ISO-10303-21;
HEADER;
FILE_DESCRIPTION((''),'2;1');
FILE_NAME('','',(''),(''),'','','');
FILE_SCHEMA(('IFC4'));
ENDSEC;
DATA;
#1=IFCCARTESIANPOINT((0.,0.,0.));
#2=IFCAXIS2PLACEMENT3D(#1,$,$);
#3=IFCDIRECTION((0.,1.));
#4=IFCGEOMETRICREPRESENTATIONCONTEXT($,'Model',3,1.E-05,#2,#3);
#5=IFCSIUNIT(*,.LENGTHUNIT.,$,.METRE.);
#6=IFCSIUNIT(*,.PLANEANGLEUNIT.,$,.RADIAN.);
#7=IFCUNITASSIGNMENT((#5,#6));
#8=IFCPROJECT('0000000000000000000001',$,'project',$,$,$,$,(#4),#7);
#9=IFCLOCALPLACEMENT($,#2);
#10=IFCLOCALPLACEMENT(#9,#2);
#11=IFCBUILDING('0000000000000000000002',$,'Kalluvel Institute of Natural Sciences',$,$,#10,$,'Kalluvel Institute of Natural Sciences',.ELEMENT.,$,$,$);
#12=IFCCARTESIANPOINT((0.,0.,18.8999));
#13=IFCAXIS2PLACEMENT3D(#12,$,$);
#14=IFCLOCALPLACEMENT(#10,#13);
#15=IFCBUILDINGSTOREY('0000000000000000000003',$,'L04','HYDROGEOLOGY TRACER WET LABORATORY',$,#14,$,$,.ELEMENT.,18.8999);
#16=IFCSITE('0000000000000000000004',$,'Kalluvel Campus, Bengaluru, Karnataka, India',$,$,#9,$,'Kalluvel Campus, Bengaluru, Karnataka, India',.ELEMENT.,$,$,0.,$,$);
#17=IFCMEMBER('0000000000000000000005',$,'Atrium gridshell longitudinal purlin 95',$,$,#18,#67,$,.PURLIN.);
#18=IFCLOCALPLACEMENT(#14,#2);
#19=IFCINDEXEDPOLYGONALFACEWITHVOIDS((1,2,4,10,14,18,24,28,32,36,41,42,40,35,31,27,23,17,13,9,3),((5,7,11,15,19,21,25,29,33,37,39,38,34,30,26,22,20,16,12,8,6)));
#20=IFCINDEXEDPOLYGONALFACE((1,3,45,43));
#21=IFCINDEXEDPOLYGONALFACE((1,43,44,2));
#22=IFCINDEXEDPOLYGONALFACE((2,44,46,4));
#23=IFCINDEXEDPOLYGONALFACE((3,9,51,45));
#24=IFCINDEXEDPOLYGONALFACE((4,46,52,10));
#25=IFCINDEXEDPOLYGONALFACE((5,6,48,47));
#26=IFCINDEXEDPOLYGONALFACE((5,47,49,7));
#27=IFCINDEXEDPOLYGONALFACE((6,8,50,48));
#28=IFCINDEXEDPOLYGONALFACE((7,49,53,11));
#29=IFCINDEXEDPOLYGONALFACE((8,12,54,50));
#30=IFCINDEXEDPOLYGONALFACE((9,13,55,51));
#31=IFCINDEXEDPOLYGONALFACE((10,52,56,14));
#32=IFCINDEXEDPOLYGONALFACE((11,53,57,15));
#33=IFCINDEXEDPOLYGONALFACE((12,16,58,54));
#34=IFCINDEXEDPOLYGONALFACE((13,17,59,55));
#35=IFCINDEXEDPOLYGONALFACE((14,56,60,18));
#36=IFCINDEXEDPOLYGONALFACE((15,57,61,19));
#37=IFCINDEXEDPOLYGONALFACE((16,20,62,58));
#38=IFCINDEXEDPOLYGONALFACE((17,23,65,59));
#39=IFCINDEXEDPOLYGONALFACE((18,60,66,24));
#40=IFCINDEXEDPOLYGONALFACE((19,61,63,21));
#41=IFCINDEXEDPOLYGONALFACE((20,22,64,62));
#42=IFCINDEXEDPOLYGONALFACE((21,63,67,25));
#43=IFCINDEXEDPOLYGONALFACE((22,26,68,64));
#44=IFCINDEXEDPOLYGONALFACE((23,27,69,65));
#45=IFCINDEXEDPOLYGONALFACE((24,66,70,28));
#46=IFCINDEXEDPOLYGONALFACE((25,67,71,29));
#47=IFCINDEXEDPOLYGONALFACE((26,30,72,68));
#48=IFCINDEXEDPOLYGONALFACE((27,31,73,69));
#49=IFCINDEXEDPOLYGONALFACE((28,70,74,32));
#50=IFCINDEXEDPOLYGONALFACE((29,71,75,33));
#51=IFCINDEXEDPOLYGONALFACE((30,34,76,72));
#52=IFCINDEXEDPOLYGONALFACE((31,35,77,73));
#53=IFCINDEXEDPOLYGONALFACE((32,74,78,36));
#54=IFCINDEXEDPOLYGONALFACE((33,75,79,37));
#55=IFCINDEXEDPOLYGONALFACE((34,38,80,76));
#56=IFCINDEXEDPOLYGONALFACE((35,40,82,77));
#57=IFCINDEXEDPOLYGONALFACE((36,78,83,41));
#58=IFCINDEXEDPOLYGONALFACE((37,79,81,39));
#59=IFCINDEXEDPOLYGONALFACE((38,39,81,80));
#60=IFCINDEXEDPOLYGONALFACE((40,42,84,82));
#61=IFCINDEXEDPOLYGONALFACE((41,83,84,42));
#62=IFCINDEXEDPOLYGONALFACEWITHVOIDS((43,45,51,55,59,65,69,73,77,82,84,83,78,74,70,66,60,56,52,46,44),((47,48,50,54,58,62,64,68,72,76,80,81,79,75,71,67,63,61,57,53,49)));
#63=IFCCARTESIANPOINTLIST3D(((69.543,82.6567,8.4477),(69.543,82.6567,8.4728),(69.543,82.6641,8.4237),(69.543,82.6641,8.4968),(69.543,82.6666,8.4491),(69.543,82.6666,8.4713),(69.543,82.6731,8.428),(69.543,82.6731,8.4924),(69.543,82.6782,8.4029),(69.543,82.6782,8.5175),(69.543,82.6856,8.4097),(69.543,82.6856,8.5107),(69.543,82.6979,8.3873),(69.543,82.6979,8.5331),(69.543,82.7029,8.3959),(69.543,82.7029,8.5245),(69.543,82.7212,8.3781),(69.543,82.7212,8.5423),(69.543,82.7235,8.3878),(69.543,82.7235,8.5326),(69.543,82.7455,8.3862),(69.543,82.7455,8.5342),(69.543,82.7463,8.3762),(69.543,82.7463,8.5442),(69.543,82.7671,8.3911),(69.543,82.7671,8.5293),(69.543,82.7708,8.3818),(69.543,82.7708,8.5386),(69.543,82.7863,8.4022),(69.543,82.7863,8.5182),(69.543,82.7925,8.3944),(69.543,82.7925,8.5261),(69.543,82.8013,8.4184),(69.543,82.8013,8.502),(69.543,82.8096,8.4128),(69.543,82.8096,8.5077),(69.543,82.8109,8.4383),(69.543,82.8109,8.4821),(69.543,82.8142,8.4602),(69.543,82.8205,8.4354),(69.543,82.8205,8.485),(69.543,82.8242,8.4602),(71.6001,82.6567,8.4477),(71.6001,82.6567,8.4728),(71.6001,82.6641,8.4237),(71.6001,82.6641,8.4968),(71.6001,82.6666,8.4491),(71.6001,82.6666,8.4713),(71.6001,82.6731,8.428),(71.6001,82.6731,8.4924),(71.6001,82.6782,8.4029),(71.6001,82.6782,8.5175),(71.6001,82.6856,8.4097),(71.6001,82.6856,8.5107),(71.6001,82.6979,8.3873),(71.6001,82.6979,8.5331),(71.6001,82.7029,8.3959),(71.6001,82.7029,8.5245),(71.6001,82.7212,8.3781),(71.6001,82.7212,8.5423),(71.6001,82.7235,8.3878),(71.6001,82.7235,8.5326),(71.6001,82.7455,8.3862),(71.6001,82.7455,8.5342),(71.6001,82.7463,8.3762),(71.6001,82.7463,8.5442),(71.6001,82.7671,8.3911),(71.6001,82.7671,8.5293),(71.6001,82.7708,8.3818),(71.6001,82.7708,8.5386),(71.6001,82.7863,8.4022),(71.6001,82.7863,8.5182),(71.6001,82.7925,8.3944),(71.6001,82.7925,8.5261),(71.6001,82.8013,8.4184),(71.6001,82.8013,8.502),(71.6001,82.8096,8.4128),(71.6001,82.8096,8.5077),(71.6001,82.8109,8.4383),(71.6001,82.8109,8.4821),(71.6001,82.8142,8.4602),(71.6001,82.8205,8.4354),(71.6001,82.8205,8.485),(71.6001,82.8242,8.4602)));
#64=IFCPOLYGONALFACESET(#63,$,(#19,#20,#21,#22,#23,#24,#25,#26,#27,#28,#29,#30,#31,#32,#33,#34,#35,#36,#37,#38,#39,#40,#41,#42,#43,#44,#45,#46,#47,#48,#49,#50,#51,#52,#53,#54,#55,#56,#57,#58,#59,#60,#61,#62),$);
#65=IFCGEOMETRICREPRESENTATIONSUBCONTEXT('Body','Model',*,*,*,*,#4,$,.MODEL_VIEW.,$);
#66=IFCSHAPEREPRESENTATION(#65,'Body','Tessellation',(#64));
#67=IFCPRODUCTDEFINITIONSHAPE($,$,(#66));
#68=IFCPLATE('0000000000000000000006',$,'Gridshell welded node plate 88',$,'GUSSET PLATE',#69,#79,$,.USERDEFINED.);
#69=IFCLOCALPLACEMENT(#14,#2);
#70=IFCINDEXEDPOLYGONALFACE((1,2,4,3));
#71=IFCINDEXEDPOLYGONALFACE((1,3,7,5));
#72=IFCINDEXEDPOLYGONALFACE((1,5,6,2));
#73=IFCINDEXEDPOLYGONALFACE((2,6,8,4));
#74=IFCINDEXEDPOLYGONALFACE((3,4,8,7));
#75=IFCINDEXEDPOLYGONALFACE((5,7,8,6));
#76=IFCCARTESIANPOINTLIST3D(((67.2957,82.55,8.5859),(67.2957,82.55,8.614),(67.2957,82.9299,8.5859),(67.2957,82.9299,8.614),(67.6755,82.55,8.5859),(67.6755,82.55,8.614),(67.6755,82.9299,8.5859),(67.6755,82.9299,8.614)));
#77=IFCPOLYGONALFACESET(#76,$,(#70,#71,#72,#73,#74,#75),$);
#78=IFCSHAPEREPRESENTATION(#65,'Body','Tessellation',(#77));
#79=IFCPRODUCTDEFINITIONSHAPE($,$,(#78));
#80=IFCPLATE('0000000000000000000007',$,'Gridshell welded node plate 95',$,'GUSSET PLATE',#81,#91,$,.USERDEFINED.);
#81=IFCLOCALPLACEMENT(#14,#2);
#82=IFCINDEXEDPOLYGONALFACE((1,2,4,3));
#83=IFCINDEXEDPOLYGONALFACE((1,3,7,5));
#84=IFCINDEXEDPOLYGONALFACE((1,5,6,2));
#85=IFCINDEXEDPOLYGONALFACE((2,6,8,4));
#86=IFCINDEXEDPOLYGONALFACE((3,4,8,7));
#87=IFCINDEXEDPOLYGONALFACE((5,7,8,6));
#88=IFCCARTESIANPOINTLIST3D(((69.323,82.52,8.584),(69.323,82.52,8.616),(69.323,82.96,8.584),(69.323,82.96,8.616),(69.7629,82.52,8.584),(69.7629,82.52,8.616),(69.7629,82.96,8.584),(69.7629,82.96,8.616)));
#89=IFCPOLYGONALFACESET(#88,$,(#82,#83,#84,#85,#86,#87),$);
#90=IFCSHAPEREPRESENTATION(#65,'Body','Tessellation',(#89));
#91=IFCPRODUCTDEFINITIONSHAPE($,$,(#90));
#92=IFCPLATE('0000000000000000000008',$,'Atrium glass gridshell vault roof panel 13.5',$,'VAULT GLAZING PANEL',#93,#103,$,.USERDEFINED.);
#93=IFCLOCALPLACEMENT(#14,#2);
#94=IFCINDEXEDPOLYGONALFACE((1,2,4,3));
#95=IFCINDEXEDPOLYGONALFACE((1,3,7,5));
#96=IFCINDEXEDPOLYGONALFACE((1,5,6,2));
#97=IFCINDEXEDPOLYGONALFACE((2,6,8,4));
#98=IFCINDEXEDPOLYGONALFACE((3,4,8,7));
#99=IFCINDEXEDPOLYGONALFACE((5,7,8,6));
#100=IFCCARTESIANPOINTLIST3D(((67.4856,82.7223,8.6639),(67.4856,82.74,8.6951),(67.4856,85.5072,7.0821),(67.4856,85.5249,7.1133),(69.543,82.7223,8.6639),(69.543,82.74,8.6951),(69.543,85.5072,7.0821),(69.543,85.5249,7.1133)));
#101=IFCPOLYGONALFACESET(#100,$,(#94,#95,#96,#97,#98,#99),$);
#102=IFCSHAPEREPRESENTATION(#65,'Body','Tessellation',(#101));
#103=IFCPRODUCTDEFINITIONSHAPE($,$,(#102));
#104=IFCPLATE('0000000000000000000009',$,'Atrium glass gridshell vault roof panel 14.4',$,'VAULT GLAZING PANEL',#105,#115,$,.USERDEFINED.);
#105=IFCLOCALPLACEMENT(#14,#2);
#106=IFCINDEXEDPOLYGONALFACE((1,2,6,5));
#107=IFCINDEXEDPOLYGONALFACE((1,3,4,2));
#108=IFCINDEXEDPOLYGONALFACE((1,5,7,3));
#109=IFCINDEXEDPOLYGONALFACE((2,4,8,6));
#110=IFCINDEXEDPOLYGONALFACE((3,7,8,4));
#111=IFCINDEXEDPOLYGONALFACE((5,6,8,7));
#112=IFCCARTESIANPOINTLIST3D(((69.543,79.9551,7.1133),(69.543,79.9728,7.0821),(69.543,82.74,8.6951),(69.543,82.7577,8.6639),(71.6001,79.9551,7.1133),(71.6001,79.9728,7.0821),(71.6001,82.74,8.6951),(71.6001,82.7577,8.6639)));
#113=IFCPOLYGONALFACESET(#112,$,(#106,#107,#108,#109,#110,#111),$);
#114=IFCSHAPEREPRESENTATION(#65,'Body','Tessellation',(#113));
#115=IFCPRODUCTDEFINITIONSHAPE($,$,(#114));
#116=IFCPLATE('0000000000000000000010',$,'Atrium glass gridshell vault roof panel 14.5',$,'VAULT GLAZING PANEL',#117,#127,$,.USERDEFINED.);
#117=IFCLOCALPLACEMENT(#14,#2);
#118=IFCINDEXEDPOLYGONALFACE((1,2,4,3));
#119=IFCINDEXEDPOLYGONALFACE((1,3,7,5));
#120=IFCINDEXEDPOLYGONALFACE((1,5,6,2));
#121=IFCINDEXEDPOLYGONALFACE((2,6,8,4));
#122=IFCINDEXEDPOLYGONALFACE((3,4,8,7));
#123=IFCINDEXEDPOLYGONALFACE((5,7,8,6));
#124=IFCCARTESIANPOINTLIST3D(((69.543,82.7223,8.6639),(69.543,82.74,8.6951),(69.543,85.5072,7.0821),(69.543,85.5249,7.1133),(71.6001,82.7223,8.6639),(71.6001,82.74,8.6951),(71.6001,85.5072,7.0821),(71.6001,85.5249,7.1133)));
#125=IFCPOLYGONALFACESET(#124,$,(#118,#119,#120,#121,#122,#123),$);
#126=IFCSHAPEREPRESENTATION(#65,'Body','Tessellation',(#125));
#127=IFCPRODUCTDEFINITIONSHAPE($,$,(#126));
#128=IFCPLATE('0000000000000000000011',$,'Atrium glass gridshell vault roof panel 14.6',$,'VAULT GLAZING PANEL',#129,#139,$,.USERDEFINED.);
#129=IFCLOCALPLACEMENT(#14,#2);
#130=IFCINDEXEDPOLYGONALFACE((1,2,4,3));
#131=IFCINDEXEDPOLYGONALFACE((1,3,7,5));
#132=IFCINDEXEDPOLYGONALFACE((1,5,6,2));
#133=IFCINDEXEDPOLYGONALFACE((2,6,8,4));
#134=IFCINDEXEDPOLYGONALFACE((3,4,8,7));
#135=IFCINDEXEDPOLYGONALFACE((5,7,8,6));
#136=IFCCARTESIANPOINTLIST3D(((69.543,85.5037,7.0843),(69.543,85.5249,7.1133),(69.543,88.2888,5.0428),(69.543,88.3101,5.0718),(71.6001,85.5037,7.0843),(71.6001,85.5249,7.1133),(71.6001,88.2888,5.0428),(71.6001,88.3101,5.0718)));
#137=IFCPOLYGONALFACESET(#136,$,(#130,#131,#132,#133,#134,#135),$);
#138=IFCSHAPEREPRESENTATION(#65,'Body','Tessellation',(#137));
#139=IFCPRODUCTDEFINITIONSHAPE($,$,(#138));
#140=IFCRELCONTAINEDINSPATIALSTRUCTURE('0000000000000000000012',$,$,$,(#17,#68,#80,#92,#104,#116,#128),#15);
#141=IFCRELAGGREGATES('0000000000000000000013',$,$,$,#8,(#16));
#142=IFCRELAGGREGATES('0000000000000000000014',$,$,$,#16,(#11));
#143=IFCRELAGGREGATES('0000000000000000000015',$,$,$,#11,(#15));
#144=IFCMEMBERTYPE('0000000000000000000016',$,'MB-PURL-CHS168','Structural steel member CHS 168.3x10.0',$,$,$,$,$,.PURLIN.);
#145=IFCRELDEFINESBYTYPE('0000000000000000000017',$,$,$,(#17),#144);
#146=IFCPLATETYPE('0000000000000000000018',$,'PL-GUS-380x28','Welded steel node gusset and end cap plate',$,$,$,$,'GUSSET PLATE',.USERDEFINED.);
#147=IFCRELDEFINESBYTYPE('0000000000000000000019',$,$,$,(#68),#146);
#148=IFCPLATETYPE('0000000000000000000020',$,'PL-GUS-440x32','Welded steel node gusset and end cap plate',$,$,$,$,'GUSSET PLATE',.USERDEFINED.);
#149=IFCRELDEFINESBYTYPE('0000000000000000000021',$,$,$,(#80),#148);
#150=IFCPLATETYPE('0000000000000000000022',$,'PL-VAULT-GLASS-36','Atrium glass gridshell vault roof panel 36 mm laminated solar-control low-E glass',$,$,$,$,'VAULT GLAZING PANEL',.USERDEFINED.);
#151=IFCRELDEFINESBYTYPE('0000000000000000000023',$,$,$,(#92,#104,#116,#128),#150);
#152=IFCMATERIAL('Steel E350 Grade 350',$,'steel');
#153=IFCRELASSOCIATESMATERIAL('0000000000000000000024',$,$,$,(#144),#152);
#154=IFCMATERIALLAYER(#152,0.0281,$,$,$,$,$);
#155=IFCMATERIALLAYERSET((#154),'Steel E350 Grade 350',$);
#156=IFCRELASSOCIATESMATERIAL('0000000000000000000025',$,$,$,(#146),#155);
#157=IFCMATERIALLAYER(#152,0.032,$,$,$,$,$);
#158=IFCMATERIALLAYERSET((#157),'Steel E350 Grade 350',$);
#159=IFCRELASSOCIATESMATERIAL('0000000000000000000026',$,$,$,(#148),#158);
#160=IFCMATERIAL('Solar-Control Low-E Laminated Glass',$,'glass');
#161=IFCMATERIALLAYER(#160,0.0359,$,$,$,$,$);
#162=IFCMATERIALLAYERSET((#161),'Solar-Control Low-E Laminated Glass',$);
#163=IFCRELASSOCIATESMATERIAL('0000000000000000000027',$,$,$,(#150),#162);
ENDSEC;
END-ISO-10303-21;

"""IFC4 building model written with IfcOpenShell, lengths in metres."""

from ifc_helpers import new_model, si_unit, direction, frame, origin, origin_2d, place, context, subcontext, project, spatial, polyline, rectangle, hollow_circle, outline, extrude, material, layer, layer_set, material_profile, profile_set, type_object, element, save


model = new_model("IFC4")

# Units and contexts
model_context = context("Model", 3, precision=1e-05, world=origin(), true_north=direction((0.0, 1.0)))
body_context = subcontext(model_context, "Body", "Model", "MODEL_VIEW")
ifc_project = project(units=[si_unit("LENGTHUNIT", "METRE"), si_unit("PLANEANGLEUNIT", "RADIAN")], contexts=[model_context])

# Site, building, storey
site_placement = place(None, origin())
site = spatial("IfcSite", under=ifc_project, at=site_placement, Name="Kalluvel Campus, Bengaluru, Karnataka, India", LongName="Kalluvel Campus, Bengaluru, Karnataka, India", CompositionType="ELEMENT", RefElevation=0.0)
building_placement = place(site_placement, origin())
building = spatial("IfcBuilding", under=site, at=building_placement, Name="Kalluvel Institute of Natural Sciences", LongName="Kalluvel Institute of Natural Sciences", CompositionType="ELEMENT")
storey_placement = place(building_placement, frame((0.0, 0.0, 18.8999)))
storey = spatial("IfcBuildingStorey", under=building, at=storey_placement, Name="L04", Description="HYDROGEOLOGY TRACER WET LABORATORY", CompositionType="ELEMENT", Elevation=18.8999)

# Member
ifc_material_1 = material(Name="Steel E350 Grade 350", Category="steel")
ifc_material_profile_1 = material_profile(ifc_material_1, hollow_circle(Radius=0.0842, WallThickness=0.01, at=origin_2d()), Name="CHS 168.3x10.0")
ifc_profile_set_1 = profile_set([ifc_material_profile_1], Name="Steel E350 Grade 350")
member_type_1 = type_object("IfcMemberType", Name="MB-PURL-CHS168", Description="Structural steel member CHS 168.3x10.0", PredefinedType="PURLIN", material=ifc_profile_set_1)
member_1_placement = place(storey_placement, frame((69.543, 82.74, 8.4602), z_axis=(1.0, 0.0, 0.0), x_axis=(0.0, 1.0, 0.0)))
element("IfcMember", 1, at=member_1_placement, inside=storey, type_object=member_type_1, Name="Atrium gridshell longitudinal purlin 95", PredefinedType="PURLIN", context=body_context, shape_type="SweptSolid", body=[
    extrude(hollow_circle(Radius=0.0842, WallThickness=0.01, at=origin_2d()), origin(), (0.0, 0.0, 1.0), 2.0571),
])

# Plates
ifc_layer_1 = layer(ifc_material_1, 0.0281)
ifc_layer_set_1 = layer_set([ifc_layer_1], Name="Steel E350 Grade 350")
plate_type_1 = type_object("IfcPlateType", Name="PL-GUS-380x28", Description="Welded steel node gusset and end cap plate", ElementType="GUSSET PLATE", PredefinedType="USERDEFINED", material=ifc_layer_set_1)
plate_1_placement = place(storey_placement, frame((67.4856, 82.74, 8.5859), z_axis=(0.0, 0.0, 1.0), x_axis=(1.0, 0.0, 0.0)))
element("IfcPlate", 2, at=plate_1_placement, inside=storey, type_object=plate_type_1, Name="Gridshell welded node plate 88", ObjectType="GUSSET PLATE", PredefinedType="USERDEFINED", context=body_context, shape_type="SweptSolid", body=[
    extrude(rectangle(XDim=0.3799, YDim=0.3799, at=origin_2d()), origin(), (0.0, 0.0, 1.0), 0.0281),
])
ifc_layer_2 = layer(ifc_material_1, 0.032)
ifc_layer_set_2 = layer_set([ifc_layer_2], Name="Steel E350 Grade 350")
plate_type_2 = type_object("IfcPlateType", Name="PL-GUS-440x32", Description="Welded steel node gusset and end cap plate", ElementType="GUSSET PLATE", PredefinedType="USERDEFINED", material=ifc_layer_set_2)
plate_2_placement = place(storey_placement, frame((69.543, 82.74, 8.584), z_axis=(0.0, 0.0, 1.0), x_axis=(1.0, 0.0, 0.0)))
element("IfcPlate", 3, at=plate_2_placement, inside=storey, type_object=plate_type_2, Name="Gridshell welded node plate 95", ObjectType="GUSSET PLATE", PredefinedType="USERDEFINED", context=body_context, shape_type="SweptSolid", body=[
    extrude(rectangle(XDim=0.4399, YDim=0.4399, at=origin_2d()), origin(), (0.0, 0.0, 1.0), 0.032),
])
ifc_material_2 = material(Name="Solar-Control Low-E Laminated Glass", Category="glass")
ifc_layer_3 = layer(ifc_material_2, 0.0359)
ifc_layer_set_3 = layer_set([ifc_layer_3], Name="Solar-Control Low-E Laminated Glass")
plate_type_3 = type_object("IfcPlateType", Name="PL-VAULT-GLASS-36", Description="Atrium glass gridshell vault roof panel 36 mm laminated solar-control low-E glass", ElementType="VAULT GLAZING PANEL", PredefinedType="USERDEFINED", material=ifc_layer_set_3)
plate_3_placement = place(storey_placement, frame((67.4856, 82.74, 8.6951), z_axis=(0.0, 0.49388, 0.86953), x_axis=(1.0, 0.0, 0.0)))
element("IfcPlate", 4, at=plate_3_placement, inside=storey, type_object=plate_type_3, Name="Atrium glass gridshell vault roof panel 13.5", ObjectType="VAULT GLAZING PANEL", PredefinedType="USERDEFINED", context=body_context, shape_type="SweptSolid", body=[
    extrude(outline(polyline([(0.0, 0.0), (2.0574, 0.0), (2.0574, 3.2028), (0.0, 3.2028), (0.0, 0.0)])), origin(), (0.0, 0.0, -1.0), 0.0359),
])
for number, where, z_axis, x_axis, name in (
    (5, (69.543, 79.9551, 7.1133), (0.0, -0.49388, 0.86953), (1.0, 0.0, 0.0), "Atrium glass gridshell vault roof panel 14.4"),
    (6, (69.543, 82.74, 8.6951), (0.0, 0.49388, 0.86953), (1.0, 0.0, 0.0), "Atrium glass gridshell vault roof panel 14.5"),
):
    element("IfcPlate", number, at=place(storey_placement, frame(where, z_axis=z_axis, x_axis=x_axis)), inside=storey, type_object=plate_type_3, Name=name, ObjectType="VAULT GLAZING PANEL", PredefinedType="USERDEFINED", context=body_context, shape_type="SweptSolid", body=[
        extrude(outline(polyline([(0.0, 0.0), (2.0571, 0.0), (2.0571, 3.2028), (0.0, 3.2028), (0.0, 0.0)])), origin(), (0.0, 0.0, -1.0), 0.0359),
    ])
plate_4_placement = place(storey_placement, frame((69.543, 85.5249, 7.1133), z_axis=(0.0, 0.591186, 0.806535), x_axis=(1.0, 0.0, 0.0)))
element("IfcPlate", 7, at=plate_4_placement, inside=storey, type_object=plate_type_3, Name="Atrium glass gridshell vault roof panel 14.6", ObjectType="VAULT GLAZING PANEL", PredefinedType="USERDEFINED", context=body_context, shape_type="SweptSolid", body=[
    extrude(outline(polyline([(0.0, 0.0), (2.0571, 0.0), (2.0571, 3.4532), (0.0, 3.4532), (0.0, 0.0)])), origin(), (0.0, 0.0, -1.0), 0.0359),
])

save(model, "model.ifc")
